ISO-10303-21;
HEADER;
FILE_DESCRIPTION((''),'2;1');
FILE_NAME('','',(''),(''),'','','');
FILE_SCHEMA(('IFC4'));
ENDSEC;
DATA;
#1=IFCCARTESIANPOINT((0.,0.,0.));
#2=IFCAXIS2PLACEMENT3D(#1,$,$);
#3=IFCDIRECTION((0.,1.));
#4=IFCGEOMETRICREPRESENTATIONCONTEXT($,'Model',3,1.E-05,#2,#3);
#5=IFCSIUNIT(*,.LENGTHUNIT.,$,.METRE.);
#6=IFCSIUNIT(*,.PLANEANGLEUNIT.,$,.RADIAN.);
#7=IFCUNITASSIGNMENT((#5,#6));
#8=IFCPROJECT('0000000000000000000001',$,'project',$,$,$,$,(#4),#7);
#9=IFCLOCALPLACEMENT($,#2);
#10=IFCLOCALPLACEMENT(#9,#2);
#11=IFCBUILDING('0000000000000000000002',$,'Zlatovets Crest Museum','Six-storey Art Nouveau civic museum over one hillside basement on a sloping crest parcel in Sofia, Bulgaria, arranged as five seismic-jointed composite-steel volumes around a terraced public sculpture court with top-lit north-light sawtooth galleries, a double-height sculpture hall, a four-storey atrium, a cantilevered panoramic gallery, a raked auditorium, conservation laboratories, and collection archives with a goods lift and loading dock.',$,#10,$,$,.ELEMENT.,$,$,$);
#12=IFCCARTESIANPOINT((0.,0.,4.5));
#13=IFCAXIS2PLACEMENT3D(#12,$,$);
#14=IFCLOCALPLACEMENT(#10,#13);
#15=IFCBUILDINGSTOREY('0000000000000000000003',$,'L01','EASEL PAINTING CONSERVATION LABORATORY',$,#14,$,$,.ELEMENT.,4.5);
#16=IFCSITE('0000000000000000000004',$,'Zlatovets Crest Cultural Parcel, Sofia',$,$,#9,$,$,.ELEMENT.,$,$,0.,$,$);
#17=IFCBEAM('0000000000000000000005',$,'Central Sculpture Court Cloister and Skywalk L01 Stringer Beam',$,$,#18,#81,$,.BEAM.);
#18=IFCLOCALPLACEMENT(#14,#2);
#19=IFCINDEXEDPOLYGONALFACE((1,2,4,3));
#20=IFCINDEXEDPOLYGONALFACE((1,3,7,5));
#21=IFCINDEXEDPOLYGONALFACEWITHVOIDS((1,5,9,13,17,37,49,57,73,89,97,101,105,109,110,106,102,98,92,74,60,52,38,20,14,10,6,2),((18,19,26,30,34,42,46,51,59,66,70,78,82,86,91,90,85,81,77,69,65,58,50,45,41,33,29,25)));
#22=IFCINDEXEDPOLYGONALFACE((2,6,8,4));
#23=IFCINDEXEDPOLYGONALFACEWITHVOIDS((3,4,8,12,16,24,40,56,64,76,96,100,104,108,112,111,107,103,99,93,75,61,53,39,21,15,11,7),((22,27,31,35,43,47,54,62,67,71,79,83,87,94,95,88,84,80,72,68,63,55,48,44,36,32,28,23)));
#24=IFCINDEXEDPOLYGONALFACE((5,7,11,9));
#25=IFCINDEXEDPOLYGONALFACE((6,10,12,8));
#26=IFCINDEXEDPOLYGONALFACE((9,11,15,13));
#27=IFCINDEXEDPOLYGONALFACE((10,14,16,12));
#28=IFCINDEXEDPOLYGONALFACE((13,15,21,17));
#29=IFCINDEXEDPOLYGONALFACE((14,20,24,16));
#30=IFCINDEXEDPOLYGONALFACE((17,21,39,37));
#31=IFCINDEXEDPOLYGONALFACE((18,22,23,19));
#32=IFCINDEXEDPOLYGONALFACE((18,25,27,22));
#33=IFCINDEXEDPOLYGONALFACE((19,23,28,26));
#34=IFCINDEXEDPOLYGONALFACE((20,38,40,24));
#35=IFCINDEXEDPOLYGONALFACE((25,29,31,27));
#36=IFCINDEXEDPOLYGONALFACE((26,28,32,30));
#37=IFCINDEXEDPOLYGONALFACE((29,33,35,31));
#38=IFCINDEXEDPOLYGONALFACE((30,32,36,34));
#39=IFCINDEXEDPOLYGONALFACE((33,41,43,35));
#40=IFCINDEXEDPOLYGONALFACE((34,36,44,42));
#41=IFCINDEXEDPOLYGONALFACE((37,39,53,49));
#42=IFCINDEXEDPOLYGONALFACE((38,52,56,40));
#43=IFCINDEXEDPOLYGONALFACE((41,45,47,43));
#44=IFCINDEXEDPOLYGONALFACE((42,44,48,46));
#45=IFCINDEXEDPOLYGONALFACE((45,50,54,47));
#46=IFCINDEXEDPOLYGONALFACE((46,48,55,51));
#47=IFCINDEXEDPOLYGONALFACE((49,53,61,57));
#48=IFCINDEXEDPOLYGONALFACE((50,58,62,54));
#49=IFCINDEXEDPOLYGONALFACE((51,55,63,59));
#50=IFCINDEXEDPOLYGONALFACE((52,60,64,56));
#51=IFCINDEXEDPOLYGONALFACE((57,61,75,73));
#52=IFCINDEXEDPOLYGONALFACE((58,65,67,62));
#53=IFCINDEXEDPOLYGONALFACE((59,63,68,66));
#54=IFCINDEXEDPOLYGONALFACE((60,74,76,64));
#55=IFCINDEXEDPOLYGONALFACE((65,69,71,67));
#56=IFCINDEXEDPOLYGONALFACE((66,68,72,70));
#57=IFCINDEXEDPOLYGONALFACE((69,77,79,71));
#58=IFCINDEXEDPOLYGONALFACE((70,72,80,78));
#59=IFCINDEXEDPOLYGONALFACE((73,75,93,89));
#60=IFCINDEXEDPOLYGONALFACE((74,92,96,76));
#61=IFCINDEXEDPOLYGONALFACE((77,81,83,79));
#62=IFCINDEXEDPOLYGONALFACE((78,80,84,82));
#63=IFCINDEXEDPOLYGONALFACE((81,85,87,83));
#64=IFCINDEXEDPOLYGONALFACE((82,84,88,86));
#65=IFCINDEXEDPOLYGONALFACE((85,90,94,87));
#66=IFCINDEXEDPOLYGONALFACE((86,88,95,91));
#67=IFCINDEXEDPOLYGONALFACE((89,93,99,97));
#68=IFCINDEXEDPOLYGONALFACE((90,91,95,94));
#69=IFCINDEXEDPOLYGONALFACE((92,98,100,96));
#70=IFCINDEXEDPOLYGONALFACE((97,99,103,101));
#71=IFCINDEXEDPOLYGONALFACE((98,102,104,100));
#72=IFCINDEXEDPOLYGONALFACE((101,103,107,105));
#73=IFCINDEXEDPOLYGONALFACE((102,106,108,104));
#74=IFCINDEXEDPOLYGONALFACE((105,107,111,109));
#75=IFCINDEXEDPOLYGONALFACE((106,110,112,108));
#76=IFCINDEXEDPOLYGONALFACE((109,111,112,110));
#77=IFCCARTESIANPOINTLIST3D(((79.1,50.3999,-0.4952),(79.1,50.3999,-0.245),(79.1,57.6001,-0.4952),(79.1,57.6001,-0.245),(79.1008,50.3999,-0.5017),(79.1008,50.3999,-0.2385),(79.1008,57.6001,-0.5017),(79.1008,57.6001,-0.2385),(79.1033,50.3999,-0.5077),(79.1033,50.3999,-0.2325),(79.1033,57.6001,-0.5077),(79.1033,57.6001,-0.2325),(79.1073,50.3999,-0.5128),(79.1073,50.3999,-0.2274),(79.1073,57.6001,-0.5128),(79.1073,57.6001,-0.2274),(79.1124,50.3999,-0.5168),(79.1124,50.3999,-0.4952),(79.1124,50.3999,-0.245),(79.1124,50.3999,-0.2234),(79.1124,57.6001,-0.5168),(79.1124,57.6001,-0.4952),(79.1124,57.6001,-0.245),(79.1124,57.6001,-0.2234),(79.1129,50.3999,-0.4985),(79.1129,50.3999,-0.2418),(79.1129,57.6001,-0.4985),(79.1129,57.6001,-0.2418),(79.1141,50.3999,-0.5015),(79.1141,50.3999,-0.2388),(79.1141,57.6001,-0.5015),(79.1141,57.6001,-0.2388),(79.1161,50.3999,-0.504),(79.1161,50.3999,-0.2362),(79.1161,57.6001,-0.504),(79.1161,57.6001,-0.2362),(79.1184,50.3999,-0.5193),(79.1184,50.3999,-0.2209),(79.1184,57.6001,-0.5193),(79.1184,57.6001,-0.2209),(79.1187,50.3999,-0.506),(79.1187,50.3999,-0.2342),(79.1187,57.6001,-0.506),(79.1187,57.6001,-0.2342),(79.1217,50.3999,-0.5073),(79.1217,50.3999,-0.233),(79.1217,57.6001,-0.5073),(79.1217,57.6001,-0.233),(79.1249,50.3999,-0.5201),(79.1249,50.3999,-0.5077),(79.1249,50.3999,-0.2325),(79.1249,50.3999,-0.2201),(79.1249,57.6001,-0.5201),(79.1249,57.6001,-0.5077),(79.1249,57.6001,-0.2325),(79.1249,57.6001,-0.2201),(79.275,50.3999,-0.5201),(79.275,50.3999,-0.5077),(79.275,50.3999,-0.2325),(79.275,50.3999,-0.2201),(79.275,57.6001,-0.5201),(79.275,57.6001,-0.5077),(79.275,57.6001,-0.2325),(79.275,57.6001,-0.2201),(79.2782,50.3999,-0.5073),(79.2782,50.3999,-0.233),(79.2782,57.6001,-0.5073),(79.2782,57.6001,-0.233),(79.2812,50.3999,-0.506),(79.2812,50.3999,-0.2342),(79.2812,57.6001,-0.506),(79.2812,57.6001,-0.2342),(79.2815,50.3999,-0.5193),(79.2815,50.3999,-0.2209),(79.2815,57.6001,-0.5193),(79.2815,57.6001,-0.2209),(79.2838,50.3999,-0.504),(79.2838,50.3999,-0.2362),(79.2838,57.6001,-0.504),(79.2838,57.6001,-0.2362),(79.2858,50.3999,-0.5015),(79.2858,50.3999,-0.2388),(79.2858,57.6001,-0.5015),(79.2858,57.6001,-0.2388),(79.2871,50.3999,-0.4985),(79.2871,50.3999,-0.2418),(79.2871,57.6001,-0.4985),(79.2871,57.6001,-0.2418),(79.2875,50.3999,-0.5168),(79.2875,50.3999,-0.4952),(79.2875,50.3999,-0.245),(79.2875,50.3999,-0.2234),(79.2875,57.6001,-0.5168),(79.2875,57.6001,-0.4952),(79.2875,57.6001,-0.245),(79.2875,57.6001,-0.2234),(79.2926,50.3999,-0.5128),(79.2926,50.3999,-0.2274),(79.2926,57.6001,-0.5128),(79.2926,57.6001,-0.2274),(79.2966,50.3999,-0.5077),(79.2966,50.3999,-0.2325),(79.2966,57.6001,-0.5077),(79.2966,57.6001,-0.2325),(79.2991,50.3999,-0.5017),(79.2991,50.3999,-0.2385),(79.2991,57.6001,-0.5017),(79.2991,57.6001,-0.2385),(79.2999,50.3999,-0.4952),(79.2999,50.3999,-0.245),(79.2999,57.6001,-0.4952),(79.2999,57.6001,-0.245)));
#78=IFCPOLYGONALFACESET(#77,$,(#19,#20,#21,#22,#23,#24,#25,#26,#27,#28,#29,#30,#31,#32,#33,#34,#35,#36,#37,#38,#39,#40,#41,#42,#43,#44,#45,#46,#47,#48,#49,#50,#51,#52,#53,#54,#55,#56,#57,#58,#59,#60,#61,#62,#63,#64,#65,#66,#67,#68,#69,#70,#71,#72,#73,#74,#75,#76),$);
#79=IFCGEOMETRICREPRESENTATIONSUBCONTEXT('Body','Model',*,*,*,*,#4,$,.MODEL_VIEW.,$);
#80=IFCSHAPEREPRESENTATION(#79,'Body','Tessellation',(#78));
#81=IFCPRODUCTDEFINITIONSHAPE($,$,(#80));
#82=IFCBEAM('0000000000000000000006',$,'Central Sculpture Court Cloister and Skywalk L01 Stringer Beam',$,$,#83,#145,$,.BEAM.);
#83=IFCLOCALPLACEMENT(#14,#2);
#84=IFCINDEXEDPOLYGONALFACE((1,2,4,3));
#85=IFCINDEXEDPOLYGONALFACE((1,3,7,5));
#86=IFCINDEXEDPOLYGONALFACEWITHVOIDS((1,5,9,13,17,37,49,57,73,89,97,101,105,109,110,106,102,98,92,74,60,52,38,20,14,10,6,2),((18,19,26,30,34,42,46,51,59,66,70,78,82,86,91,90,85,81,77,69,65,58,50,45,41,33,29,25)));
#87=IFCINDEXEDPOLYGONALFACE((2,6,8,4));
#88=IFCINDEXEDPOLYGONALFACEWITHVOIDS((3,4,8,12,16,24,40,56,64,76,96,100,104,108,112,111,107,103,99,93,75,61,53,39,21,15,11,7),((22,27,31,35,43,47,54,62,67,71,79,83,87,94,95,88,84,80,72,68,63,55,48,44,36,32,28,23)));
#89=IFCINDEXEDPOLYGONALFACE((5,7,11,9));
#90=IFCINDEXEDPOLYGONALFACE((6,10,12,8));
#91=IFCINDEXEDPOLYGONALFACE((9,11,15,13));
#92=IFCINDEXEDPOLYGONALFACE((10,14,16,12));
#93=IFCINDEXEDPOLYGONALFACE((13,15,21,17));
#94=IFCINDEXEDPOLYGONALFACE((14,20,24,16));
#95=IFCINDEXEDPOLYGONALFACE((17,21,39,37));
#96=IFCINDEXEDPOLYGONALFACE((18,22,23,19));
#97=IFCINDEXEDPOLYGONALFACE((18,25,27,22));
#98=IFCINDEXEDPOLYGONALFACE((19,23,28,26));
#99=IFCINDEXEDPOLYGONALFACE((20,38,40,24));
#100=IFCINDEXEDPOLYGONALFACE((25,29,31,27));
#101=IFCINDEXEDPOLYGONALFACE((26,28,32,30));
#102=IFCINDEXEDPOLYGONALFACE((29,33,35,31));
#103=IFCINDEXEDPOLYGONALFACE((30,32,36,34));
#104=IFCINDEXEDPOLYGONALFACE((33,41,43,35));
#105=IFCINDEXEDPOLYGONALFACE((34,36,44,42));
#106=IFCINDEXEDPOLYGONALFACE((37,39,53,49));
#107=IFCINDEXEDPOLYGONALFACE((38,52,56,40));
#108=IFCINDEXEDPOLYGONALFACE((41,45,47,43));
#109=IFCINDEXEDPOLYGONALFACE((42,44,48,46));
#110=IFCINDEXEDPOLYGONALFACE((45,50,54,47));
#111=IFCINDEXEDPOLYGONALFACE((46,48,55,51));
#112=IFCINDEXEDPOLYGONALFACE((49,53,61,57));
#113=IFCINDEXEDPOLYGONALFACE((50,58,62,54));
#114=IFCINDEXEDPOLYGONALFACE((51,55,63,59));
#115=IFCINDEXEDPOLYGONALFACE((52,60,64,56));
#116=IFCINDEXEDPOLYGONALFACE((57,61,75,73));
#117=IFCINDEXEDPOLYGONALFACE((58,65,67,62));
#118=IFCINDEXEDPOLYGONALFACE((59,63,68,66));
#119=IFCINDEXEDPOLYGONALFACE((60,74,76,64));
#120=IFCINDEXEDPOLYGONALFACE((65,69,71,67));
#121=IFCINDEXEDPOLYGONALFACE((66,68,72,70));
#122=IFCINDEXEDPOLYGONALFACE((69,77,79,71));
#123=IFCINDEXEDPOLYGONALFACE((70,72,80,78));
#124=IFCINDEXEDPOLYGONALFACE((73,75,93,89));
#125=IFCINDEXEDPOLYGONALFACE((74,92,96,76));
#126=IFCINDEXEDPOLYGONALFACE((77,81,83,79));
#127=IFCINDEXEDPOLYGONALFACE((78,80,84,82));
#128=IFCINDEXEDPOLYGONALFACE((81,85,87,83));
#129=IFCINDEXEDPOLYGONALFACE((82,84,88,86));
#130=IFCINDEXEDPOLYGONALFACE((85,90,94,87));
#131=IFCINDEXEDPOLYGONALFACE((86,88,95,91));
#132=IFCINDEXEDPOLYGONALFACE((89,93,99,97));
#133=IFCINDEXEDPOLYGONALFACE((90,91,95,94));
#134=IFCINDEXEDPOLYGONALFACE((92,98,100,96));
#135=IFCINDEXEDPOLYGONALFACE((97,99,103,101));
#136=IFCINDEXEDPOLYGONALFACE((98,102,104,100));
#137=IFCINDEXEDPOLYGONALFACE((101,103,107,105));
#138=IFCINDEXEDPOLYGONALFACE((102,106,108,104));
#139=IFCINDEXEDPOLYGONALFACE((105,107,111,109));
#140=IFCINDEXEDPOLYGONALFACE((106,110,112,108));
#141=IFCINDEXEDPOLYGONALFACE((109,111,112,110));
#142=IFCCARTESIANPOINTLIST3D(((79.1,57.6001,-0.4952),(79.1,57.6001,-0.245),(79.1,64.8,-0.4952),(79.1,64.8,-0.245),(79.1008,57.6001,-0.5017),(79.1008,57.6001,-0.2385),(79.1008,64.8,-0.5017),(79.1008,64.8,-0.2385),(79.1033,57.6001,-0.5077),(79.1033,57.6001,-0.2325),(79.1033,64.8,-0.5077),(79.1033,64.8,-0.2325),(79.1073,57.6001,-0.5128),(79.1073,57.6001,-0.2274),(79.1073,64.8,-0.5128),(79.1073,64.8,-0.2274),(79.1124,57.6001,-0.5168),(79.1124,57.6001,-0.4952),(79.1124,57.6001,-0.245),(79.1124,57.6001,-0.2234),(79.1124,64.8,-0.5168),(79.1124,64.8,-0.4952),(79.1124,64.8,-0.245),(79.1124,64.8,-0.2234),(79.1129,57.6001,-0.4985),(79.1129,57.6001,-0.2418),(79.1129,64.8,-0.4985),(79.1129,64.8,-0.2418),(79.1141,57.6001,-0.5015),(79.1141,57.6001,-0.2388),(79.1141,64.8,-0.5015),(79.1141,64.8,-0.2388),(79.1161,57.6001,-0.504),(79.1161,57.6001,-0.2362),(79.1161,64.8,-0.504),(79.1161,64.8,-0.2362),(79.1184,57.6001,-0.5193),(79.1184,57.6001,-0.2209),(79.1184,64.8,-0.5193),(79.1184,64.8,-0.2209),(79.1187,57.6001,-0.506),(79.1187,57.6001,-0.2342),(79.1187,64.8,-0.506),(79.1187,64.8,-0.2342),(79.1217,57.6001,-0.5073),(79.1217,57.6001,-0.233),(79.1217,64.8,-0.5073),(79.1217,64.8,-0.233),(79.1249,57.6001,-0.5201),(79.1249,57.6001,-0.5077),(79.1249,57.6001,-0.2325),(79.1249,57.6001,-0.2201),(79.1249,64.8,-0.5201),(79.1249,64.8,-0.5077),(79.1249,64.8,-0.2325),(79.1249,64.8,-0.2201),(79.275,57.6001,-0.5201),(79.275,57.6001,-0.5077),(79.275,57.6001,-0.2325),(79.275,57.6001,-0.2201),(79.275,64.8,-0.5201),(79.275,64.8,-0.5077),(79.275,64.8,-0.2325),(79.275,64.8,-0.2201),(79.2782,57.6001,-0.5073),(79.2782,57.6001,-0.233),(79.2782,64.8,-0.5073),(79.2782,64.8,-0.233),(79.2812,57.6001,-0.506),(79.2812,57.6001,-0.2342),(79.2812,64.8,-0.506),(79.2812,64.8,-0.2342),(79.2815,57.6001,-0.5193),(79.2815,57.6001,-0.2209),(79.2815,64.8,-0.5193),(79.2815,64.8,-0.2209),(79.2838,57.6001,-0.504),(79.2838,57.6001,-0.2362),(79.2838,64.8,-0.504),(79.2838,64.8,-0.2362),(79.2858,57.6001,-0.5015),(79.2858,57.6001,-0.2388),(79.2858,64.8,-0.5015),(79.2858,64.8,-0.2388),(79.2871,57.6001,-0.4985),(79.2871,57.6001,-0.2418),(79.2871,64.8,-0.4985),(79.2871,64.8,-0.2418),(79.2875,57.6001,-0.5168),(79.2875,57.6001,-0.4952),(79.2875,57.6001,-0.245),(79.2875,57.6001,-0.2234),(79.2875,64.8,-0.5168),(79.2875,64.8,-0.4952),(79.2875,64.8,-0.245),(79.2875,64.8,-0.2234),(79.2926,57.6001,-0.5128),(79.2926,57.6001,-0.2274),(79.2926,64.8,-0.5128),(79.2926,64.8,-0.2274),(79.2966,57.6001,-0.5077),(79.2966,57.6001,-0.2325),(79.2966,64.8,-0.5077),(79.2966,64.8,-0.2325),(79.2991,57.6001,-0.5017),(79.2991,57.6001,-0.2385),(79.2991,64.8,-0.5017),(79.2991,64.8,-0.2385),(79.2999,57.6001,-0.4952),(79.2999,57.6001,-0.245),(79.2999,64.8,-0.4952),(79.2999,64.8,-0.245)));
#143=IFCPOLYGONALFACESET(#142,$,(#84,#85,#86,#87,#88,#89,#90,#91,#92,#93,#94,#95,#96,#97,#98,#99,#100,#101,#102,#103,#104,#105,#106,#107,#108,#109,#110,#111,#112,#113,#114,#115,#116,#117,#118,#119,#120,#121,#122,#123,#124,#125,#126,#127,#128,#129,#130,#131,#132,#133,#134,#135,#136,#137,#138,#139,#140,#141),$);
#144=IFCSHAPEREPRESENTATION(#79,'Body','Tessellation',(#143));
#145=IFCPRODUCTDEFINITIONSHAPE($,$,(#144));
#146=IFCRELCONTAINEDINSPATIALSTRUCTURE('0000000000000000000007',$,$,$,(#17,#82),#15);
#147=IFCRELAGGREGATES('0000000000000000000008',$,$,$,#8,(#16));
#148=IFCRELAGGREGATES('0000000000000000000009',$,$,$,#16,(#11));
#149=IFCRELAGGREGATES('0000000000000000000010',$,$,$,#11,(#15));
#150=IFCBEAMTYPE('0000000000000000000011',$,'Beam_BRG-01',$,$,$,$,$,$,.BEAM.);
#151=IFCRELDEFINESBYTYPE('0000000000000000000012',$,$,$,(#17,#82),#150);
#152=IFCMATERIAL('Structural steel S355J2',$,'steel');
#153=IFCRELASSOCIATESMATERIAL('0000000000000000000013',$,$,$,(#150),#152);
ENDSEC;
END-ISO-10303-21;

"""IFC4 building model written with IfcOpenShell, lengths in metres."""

from ifc_helpers import new_model, si_unit, direction, frame, origin, origin_2d, place, context, subcontext, project, spatial, hollow_rectangle, extrude, material, material_profile, profile_set, type_object, element, save


model = new_model("IFC4")

# Units and contexts
model_context = context("Model", 3, precision=1e-05, world=origin(), true_north=direction((0.0, 1.0)))
body_context = subcontext(model_context, "Body", "Model", "MODEL_VIEW")
ifc_project = project(units=[si_unit("LENGTHUNIT", "METRE"), si_unit("PLANEANGLEUNIT", "RADIAN")], contexts=[model_context])

# Site, building, storey
site_placement = place(None, origin())
site = spatial("IfcSite", under=ifc_project, at=site_placement, Name="Zlatovets Crest Cultural Parcel, Sofia", CompositionType="ELEMENT", RefElevation=0.0)
building_placement = place(site_placement, origin())
building = spatial("IfcBuilding", under=site, at=building_placement, Name="Zlatovets Crest Museum", Description="Six-storey Art Nouveau civic museum over one hillside basement on a sloping crest parcel in Sofia, Bulgaria, arranged as five seismic-jointed composite-steel volumes around a terraced public sculpture court with top-lit north-light sawtooth galleries, a double-height sculpture hall, a four-storey atrium, a cantilevered panoramic gallery, a raked auditorium, conservation laboratories, and collection archives with a goods lift and loading dock.", CompositionType="ELEMENT")
storey_placement = place(building_placement, frame((0.0, 0.0, 4.5)))
storey = spatial("IfcBuildingStorey", under=building, at=storey_placement, Name="L01", Description="EASEL PAINTING CONSERVATION LABORATORY", CompositionType="ELEMENT", Elevation=4.5)

# Shared definitions
ifc_material_1 = material(Name="Structural steel S355J2", Category="steel")

# Beams
ifc_material_profile_1 = material_profile(ifc_material_1, hollow_rectangle(XDim=0.2, YDim=0.3, WallThickness=0.0125, InnerFilletRadius=0.0125, OuterFilletRadius=0.0249, at=origin_2d()), Name="RHS 200x300x12.5")
ifc_profile_set_1 = profile_set([ifc_material_profile_1], Name="Structural steel S355J2")
beam_type_1 = type_object("IfcBeamType", Name="Beam_BRG-01", PredefinedType="BEAM", material=ifc_profile_set_1)
beam_placement = place(storey_placement, frame((79.2, 50.3999, -0.3701), z_axis=(0.0, 1.0, 0.0), x_axis=(-1.0, 0.0, 0.0)))
element("IfcBeam", 1, at=beam_placement, inside=storey, type_object=beam_type_1, Name="Central Sculpture Court Cloister and Skywalk L01 Stringer Beam", PredefinedType="BEAM", context=body_context, shape_type="SweptSolid", body=[
    extrude(hollow_rectangle(XDim=0.2, YDim=0.3, WallThickness=0.0125, InnerFilletRadius=0.0125, OuterFilletRadius=0.0249, at=origin_2d()), origin(), (0.0, 0.0, 1.0), 7.2002),
])
for number, where, z_axis, x_axis, name in (
    (2, (79.2, 57.6001, -0.3701), (0.0, 1.0, 0.0), (-1.0, 0.0, 0.0), "Central Sculpture Court Cloister and Skywalk L01 Stringer Beam"),
):
    element("IfcBeam", number, at=place(storey_placement, frame(where, z_axis=z_axis, x_axis=x_axis)), inside=storey, type_object=beam_type_1, Name=name, PredefinedType="BEAM", context=body_context, shape_type="SweptSolid", body=[
        extrude(hollow_rectangle(XDim=0.2, YDim=0.3, WallThickness=0.0125, InnerFilletRadius=0.0125, OuterFilletRadius=0.0249, at=origin_2d()), origin(), (0.0, 0.0, 1.0), 7.2),
    ])

save(model, "model.ifc")
